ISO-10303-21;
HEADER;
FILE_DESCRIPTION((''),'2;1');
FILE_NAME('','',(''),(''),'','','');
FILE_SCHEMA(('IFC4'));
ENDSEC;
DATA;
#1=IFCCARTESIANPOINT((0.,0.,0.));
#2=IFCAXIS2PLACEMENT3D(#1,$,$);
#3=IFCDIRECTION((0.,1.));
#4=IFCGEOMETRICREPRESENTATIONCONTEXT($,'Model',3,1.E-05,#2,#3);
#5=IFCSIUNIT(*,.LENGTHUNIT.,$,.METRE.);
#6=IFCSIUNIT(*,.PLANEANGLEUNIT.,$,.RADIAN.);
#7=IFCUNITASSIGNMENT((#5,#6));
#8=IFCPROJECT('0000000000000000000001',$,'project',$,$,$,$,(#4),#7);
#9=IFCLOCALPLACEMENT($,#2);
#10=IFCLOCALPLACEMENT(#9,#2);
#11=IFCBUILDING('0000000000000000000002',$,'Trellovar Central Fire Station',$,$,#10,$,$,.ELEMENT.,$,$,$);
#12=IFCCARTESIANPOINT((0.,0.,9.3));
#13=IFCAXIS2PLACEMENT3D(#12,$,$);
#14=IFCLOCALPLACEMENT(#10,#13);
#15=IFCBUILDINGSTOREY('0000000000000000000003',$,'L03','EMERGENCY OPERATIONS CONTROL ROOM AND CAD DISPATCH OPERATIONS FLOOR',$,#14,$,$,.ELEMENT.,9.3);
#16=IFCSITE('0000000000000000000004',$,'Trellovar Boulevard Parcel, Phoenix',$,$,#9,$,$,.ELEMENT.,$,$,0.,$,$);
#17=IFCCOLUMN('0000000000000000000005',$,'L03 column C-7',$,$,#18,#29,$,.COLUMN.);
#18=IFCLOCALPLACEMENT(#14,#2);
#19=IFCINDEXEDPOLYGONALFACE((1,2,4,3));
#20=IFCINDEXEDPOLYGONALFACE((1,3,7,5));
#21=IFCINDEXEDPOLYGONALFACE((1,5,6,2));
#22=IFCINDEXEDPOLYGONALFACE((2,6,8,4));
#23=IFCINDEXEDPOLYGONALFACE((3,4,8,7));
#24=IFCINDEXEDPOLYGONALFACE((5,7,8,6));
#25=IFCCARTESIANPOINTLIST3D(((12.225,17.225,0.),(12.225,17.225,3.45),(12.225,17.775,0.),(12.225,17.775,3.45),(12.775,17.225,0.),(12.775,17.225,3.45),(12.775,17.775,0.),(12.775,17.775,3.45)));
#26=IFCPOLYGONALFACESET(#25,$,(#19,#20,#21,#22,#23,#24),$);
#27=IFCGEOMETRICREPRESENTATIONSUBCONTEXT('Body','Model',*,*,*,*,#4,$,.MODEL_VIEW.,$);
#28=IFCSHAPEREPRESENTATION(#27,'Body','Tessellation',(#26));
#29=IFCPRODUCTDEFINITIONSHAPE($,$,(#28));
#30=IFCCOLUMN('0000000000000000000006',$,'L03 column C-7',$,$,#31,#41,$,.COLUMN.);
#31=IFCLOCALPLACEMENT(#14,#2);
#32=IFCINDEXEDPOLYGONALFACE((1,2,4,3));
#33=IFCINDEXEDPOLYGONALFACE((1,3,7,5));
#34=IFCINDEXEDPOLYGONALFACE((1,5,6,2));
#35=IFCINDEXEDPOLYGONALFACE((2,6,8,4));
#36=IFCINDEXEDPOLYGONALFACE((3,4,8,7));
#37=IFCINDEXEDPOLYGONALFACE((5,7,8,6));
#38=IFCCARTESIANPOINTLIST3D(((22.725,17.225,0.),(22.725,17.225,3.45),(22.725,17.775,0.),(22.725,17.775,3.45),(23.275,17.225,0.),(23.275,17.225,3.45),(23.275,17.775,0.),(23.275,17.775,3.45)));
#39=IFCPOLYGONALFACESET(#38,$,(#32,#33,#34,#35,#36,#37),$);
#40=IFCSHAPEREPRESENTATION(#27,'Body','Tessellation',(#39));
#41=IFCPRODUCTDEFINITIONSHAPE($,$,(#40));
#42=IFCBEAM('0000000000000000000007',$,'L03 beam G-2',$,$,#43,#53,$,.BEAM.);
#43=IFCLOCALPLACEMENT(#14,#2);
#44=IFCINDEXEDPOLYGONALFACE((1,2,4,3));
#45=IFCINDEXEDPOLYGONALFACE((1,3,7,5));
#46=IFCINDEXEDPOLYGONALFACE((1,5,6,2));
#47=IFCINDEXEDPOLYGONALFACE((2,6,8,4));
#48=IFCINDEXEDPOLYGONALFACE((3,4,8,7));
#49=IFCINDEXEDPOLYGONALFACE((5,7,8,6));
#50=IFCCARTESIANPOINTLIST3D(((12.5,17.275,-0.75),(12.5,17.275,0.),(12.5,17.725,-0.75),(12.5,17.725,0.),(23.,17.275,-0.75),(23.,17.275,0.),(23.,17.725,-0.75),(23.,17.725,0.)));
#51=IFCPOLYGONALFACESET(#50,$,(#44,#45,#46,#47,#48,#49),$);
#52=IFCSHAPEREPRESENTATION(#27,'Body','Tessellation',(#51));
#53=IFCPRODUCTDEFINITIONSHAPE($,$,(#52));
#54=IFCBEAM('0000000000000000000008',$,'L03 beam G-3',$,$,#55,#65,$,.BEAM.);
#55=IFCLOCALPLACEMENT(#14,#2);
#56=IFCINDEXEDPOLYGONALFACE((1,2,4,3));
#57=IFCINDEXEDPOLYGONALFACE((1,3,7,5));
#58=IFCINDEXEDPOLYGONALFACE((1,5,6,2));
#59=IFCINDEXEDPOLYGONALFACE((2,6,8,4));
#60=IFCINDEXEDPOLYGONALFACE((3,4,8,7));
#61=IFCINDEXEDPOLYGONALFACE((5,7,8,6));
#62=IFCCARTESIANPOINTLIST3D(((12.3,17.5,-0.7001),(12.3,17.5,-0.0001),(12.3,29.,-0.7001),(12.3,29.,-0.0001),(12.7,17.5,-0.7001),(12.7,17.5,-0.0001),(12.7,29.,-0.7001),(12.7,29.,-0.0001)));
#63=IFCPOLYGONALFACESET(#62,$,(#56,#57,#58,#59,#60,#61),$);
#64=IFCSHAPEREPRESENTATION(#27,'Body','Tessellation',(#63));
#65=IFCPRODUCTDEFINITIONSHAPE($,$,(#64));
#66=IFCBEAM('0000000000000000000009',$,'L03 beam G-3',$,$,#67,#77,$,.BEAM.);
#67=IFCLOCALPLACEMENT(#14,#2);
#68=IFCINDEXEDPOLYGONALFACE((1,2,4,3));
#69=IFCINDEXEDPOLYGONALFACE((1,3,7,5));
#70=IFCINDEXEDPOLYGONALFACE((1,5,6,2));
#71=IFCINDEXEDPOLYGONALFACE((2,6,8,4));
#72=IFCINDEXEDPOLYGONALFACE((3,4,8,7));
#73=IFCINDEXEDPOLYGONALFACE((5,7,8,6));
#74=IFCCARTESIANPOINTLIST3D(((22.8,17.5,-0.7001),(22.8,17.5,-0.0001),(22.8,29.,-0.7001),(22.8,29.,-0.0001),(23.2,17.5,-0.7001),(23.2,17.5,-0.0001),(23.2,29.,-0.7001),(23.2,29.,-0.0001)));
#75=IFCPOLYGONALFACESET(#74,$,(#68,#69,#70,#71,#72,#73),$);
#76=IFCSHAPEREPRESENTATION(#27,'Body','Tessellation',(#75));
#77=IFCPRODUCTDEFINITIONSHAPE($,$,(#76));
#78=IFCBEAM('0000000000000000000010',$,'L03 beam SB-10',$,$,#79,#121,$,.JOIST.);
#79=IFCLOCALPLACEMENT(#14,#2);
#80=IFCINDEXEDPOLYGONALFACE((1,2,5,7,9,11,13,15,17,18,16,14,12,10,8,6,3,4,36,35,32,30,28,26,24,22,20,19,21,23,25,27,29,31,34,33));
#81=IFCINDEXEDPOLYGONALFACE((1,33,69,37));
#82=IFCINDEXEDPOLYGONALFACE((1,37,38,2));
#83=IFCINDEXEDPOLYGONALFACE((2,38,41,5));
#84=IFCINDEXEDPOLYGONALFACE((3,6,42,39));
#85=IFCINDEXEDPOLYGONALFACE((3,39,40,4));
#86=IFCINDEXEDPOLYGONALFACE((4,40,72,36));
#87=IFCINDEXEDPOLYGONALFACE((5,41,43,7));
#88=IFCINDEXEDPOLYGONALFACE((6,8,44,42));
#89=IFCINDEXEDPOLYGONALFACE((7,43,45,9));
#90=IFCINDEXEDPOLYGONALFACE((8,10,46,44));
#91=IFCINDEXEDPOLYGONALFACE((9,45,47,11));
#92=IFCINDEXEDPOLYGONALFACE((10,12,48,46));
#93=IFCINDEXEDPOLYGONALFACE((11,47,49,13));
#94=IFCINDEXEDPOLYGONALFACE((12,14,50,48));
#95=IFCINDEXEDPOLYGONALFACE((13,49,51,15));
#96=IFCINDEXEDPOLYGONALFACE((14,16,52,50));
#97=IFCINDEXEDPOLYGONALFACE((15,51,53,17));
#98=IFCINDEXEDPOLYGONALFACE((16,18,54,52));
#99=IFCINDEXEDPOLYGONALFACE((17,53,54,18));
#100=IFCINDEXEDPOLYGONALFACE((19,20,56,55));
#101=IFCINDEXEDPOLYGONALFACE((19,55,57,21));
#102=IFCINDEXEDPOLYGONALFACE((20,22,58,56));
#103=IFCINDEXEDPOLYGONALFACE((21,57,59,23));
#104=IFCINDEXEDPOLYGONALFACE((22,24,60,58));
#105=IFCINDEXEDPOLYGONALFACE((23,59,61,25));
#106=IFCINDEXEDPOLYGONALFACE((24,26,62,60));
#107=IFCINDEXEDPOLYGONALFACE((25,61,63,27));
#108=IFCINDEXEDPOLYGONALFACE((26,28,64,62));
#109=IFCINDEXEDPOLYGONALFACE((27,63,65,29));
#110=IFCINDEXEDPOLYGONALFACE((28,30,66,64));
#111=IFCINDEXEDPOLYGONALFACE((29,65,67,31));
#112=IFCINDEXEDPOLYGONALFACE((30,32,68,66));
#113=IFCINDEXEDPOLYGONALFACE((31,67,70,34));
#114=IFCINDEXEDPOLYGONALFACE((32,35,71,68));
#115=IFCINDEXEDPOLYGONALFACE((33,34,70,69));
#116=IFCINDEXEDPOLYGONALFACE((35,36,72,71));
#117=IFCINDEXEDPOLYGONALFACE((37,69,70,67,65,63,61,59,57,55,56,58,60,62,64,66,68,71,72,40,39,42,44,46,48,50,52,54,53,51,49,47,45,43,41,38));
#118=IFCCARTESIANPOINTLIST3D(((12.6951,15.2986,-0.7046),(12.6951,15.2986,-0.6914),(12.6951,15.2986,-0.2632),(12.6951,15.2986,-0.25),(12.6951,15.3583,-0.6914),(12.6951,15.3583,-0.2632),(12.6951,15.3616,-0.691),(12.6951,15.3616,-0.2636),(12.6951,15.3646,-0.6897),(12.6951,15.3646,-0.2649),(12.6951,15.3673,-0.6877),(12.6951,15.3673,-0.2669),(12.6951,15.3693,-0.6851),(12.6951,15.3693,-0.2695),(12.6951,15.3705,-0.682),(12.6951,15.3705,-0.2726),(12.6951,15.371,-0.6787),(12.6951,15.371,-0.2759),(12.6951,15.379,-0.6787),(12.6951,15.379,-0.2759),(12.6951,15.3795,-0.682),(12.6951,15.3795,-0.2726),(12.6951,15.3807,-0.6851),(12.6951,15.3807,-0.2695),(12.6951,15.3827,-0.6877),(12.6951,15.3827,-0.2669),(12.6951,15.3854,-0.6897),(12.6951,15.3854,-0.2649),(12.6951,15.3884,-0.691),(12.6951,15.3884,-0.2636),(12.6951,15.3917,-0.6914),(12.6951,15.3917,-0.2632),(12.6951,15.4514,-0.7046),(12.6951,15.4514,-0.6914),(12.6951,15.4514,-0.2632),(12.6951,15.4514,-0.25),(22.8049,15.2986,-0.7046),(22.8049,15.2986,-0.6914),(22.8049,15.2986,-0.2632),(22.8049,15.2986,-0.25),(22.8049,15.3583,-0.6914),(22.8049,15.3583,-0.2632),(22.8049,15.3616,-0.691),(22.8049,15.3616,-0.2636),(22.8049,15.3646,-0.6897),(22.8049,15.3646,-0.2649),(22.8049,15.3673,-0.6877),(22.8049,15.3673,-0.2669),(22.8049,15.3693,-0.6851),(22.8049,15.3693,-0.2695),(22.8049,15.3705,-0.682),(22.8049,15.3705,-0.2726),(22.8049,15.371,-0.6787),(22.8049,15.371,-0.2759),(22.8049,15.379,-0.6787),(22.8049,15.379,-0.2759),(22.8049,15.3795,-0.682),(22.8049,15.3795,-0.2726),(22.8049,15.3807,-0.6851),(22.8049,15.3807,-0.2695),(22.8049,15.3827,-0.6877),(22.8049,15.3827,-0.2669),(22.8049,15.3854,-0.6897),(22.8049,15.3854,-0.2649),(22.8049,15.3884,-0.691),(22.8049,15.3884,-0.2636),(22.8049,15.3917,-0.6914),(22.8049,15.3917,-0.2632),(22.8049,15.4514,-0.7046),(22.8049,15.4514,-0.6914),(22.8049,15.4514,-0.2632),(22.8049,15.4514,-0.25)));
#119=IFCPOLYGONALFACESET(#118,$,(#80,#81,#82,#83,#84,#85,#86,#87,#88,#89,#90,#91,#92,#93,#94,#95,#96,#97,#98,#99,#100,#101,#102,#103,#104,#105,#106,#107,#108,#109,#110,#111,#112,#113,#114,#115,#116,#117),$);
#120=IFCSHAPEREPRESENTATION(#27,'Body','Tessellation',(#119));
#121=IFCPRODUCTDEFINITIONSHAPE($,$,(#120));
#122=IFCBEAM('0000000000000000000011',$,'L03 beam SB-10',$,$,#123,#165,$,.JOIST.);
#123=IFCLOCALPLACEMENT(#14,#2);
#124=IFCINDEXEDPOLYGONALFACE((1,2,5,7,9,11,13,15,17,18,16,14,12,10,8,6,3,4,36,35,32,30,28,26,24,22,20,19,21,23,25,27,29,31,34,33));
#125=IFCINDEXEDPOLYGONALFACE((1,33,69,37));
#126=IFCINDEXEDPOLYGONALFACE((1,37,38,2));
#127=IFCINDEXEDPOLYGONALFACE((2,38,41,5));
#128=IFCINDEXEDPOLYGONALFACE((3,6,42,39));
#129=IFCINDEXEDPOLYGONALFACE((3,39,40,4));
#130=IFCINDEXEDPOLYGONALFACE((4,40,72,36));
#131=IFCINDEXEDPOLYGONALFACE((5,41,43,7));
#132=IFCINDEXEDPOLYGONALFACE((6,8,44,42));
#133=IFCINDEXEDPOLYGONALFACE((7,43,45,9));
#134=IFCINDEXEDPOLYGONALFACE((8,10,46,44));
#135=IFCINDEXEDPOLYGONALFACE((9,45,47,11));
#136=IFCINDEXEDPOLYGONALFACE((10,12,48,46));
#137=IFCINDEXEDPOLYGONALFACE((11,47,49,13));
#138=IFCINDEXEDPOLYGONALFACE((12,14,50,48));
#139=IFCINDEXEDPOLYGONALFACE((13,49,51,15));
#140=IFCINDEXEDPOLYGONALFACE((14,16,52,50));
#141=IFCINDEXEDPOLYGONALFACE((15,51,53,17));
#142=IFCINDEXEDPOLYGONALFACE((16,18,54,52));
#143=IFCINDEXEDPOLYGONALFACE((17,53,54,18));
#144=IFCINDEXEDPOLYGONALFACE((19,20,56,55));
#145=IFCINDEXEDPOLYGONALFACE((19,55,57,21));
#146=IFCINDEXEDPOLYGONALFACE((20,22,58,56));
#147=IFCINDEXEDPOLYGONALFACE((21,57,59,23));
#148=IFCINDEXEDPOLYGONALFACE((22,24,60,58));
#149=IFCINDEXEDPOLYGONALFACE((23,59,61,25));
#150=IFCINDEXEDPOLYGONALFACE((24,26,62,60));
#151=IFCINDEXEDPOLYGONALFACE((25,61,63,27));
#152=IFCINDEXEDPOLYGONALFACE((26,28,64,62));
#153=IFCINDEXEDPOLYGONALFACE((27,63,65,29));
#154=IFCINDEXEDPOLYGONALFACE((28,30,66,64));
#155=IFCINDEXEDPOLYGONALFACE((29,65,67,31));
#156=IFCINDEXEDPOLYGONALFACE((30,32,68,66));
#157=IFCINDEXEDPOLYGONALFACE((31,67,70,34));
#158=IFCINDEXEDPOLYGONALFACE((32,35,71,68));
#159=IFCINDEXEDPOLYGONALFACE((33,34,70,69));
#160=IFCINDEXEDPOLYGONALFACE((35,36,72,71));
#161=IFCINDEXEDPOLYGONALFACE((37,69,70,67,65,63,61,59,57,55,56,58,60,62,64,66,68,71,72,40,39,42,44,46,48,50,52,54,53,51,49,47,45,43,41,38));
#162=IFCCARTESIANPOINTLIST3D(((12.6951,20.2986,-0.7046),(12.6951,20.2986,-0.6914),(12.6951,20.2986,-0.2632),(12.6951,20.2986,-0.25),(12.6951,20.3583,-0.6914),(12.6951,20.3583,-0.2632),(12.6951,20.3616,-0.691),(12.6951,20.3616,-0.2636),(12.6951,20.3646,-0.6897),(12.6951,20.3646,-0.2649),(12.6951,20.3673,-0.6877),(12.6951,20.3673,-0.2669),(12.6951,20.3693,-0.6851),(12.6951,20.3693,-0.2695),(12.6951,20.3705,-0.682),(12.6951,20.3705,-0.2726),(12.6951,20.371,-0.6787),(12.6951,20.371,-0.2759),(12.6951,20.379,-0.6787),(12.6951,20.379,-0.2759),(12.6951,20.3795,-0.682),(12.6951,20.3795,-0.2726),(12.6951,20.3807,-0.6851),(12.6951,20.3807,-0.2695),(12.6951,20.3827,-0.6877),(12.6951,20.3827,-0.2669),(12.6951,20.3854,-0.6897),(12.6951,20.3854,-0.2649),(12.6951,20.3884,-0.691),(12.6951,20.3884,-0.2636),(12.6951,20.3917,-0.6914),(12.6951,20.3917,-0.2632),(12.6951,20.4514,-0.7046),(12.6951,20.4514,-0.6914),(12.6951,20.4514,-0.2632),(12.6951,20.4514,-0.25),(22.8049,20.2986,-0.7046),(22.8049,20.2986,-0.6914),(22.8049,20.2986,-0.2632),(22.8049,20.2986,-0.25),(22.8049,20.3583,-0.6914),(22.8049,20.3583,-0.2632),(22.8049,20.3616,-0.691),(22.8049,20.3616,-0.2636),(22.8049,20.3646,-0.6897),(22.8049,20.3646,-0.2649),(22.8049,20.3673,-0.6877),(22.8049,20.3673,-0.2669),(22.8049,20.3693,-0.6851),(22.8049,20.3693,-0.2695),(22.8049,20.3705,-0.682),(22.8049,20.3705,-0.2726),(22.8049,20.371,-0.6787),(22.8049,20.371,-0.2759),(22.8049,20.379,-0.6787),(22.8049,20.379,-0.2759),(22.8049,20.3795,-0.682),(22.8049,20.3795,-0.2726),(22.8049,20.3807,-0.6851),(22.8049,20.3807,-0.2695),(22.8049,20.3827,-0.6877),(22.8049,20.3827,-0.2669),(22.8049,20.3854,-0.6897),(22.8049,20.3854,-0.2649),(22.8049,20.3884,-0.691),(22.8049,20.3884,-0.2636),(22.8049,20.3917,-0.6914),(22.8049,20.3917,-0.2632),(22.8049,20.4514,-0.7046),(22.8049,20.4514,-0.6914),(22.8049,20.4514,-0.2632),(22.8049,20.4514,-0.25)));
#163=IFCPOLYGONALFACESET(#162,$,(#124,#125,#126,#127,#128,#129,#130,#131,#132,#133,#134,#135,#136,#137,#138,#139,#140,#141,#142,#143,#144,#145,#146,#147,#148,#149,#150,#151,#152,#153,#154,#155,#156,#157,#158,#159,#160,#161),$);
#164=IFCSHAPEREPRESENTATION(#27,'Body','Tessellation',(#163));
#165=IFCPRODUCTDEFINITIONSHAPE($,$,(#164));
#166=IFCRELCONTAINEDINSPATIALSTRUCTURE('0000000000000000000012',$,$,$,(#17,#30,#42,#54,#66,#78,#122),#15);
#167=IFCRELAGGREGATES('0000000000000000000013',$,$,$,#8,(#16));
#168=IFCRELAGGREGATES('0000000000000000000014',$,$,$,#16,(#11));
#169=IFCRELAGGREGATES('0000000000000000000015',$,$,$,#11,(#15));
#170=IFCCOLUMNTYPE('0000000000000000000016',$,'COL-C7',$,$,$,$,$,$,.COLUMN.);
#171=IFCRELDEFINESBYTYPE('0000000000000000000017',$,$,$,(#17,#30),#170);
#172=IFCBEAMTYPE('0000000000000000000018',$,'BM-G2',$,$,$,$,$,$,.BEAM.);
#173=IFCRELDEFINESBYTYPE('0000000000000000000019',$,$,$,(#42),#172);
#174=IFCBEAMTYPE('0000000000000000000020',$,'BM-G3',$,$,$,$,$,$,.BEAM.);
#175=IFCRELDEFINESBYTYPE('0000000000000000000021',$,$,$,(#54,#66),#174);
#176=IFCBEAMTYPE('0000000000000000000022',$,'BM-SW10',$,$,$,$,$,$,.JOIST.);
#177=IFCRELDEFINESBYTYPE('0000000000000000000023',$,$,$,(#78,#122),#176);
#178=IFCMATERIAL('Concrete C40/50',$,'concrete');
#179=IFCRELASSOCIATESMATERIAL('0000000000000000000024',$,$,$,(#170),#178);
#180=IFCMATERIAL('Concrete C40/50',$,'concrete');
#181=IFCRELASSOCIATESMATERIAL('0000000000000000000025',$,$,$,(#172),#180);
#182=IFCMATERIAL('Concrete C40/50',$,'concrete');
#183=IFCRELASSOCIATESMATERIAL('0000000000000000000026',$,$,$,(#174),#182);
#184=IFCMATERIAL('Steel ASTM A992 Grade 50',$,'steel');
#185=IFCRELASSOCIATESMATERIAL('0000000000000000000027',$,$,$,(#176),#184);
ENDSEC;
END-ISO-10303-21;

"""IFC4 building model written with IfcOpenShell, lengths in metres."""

from ifc_helpers import new_model, si_unit, direction, frame, origin, origin_2d, place, context, subcontext, project, spatial, rectangle, i_section, extrude, material, material_profile, profile_set, type_object, element, save


model = new_model("IFC4")

# Units and contexts
model_context = context("Model", 3, precision=1e-05, world=origin(), true_north=direction((0.0, 1.0)))
body_context = subcontext(model_context, "Body", "Model", "MODEL_VIEW")
ifc_project = project(units=[si_unit("LENGTHUNIT", "METRE"), si_unit("PLANEANGLEUNIT", "RADIAN")], contexts=[model_context])

# Site, building, storey
site_placement = place(None, origin())
site = spatial("IfcSite", under=ifc_project, at=site_placement, Name="Trellovar Boulevard Parcel, Phoenix", CompositionType="ELEMENT", RefElevation=0.0)
building_placement = place(site_placement, origin())
building = spatial("IfcBuilding", under=site, at=building_placement, Name="Trellovar Central Fire Station", CompositionType="ELEMENT")
storey_placement = place(building_placement, frame((0.0, 0.0, 9.3)))
storey = spatial("IfcBuildingStorey", under=building, at=storey_placement, Name="L03", Description="EMERGENCY OPERATIONS CONTROL ROOM AND CAD DISPATCH OPERATIONS FLOOR", CompositionType="ELEMENT", Elevation=9.3)

# Columns
ifc_material_1 = material(Name="Concrete C40/50", Category="concrete")
ifc_material_profile_1 = material_profile(ifc_material_1, rectangle(XDim=0.55, YDim=0.55, at=origin_2d()), Name="RC550X550")
ifc_profile_set_1 = profile_set([ifc_material_profile_1], Name="Concrete C40/50")
column_type = type_object("IfcColumnType", Name="COL-C7", PredefinedType="COLUMN", material=ifc_profile_set_1)
for number, where, z_axis, x_axis, name in (
    (1, (12.5, 17.5, 0.0), (0.0, 0.0, 1.0), (1.0, 0.0, 0.0), "L03 column C-7"),
    (2, (23.0, 17.5, 0.0), (0.0, 0.0, 1.0), (1.0, 0.0, 0.0), "L03 column C-7"),
):
    element("IfcColumn", number, at=place(storey_placement, frame(where, z_axis=z_axis, x_axis=x_axis)), inside=storey, type_object=column_type, Name=name, PredefinedType="COLUMN", context=body_context, shape_type="SweptSolid", body=[
        extrude(rectangle(XDim=0.55, YDim=0.55, at=origin_2d()), origin(), (0.0, 0.0, 1.0), 3.45),
    ])

# Beams
ifc_material_2 = material(Name="Concrete C40/50", Category="concrete")
ifc_material_profile_2 = material_profile(ifc_material_2, rectangle(XDim=0.45, YDim=0.75, at=origin_2d()), Name="RC450X750")
ifc_profile_set_2 = profile_set([ifc_material_profile_2], Name="Concrete C40/50")
beam_type_1 = type_object("IfcBeamType", Name="BM-G2", PredefinedType="BEAM", material=ifc_profile_set_2)
beam_1_placement = place(storey_placement, frame((12.5, 17.5, -0.375), z_axis=(1.0, 0.0, 0.0), x_axis=(0.0, 1.0, 0.0)))
element("IfcBeam", 3, at=beam_1_placement, inside=storey, type_object=beam_type_1, Name="L03 beam G-2", PredefinedType="BEAM", context=body_context, shape_type="SweptSolid", body=[
    extrude(rectangle(XDim=0.45, YDim=0.75, at=origin_2d()), origin(), (0.0, 0.0, 1.0), 10.5),
])
ifc_material_3 = material(Name="Concrete C40/50", Category="concrete")
ifc_material_profile_3 = material_profile(ifc_material_3, rectangle(XDim=0.3999, YDim=0.7, at=origin_2d()), Name="RC400X700")
ifc_profile_set_3 = profile_set([ifc_material_profile_3], Name="Concrete C40/50")
beam_type_2 = type_object("IfcBeamType", Name="BM-G3", PredefinedType="BEAM", material=ifc_profile_set_3)
for number, where, z_axis, x_axis, name in (
    (4, (12.5, 17.5, -0.3501), (0.0, 1.0, 0.0), (-1.0, 0.0, 0.0), "L03 beam G-3"),
    (5, (23.0, 17.5, -0.3501), (0.0, 1.0, 0.0), (-1.0, 0.0, 0.0), "L03 beam G-3"),
):
    element("IfcBeam", number, at=place(storey_placement, frame(where, z_axis=z_axis, x_axis=x_axis)), inside=storey, type_object=beam_type_2, Name=name, PredefinedType="BEAM", context=body_context, shape_type="SweptSolid", body=[
        extrude(rectangle(XDim=0.3999, YDim=0.7, at=origin_2d()), origin(), (0.0, 0.0, 1.0), 11.5),
    ])
ifc_material_4 = material(Name="Steel ASTM A992 Grade 50", Category="steel")
ifc_material_profile_4 = material_profile(ifc_material_4, i_section(OverallWidth=0.1528, OverallDepth=0.4546, WebThickness=0.0081, FlangeThickness=0.0132, FilletRadius=0.0127, at=origin_2d()), Name="W18X40")
ifc_profile_set_4 = profile_set([ifc_material_profile_4], Name="Steel ASTM A992 Grade 50")
beam_type_3 = type_object("IfcBeamType", Name="BM-SW10", PredefinedType="JOIST", material=ifc_profile_set_4)
for number, where, z_axis, x_axis, name in (
    (6, (12.6951, 15.375, -0.4773), (1.0, 0.0, 0.0), (0.0, 1.0, 0.0), "L03 beam SB-10"),
    (7, (12.6951, 20.375, -0.4773), (1.0, 0.0, 0.0), (0.0, 1.0, 0.0), "L03 beam SB-10"),
):
    element("IfcBeam", number, at=place(storey_placement, frame(where, z_axis=z_axis, x_axis=x_axis)), inside=storey, type_object=beam_type_3, Name=name, PredefinedType="JOIST", context=body_context, shape_type="SweptSolid", body=[
        extrude(i_section(OverallWidth=0.1528, OverallDepth=0.4546, WebThickness=0.0081, FlangeThickness=0.0132, FilletRadius=0.0127, at=origin_2d()), origin(), (0.0, 0.0, 1.0), 10.1099),
    ])

save(model, "model.ifc")
